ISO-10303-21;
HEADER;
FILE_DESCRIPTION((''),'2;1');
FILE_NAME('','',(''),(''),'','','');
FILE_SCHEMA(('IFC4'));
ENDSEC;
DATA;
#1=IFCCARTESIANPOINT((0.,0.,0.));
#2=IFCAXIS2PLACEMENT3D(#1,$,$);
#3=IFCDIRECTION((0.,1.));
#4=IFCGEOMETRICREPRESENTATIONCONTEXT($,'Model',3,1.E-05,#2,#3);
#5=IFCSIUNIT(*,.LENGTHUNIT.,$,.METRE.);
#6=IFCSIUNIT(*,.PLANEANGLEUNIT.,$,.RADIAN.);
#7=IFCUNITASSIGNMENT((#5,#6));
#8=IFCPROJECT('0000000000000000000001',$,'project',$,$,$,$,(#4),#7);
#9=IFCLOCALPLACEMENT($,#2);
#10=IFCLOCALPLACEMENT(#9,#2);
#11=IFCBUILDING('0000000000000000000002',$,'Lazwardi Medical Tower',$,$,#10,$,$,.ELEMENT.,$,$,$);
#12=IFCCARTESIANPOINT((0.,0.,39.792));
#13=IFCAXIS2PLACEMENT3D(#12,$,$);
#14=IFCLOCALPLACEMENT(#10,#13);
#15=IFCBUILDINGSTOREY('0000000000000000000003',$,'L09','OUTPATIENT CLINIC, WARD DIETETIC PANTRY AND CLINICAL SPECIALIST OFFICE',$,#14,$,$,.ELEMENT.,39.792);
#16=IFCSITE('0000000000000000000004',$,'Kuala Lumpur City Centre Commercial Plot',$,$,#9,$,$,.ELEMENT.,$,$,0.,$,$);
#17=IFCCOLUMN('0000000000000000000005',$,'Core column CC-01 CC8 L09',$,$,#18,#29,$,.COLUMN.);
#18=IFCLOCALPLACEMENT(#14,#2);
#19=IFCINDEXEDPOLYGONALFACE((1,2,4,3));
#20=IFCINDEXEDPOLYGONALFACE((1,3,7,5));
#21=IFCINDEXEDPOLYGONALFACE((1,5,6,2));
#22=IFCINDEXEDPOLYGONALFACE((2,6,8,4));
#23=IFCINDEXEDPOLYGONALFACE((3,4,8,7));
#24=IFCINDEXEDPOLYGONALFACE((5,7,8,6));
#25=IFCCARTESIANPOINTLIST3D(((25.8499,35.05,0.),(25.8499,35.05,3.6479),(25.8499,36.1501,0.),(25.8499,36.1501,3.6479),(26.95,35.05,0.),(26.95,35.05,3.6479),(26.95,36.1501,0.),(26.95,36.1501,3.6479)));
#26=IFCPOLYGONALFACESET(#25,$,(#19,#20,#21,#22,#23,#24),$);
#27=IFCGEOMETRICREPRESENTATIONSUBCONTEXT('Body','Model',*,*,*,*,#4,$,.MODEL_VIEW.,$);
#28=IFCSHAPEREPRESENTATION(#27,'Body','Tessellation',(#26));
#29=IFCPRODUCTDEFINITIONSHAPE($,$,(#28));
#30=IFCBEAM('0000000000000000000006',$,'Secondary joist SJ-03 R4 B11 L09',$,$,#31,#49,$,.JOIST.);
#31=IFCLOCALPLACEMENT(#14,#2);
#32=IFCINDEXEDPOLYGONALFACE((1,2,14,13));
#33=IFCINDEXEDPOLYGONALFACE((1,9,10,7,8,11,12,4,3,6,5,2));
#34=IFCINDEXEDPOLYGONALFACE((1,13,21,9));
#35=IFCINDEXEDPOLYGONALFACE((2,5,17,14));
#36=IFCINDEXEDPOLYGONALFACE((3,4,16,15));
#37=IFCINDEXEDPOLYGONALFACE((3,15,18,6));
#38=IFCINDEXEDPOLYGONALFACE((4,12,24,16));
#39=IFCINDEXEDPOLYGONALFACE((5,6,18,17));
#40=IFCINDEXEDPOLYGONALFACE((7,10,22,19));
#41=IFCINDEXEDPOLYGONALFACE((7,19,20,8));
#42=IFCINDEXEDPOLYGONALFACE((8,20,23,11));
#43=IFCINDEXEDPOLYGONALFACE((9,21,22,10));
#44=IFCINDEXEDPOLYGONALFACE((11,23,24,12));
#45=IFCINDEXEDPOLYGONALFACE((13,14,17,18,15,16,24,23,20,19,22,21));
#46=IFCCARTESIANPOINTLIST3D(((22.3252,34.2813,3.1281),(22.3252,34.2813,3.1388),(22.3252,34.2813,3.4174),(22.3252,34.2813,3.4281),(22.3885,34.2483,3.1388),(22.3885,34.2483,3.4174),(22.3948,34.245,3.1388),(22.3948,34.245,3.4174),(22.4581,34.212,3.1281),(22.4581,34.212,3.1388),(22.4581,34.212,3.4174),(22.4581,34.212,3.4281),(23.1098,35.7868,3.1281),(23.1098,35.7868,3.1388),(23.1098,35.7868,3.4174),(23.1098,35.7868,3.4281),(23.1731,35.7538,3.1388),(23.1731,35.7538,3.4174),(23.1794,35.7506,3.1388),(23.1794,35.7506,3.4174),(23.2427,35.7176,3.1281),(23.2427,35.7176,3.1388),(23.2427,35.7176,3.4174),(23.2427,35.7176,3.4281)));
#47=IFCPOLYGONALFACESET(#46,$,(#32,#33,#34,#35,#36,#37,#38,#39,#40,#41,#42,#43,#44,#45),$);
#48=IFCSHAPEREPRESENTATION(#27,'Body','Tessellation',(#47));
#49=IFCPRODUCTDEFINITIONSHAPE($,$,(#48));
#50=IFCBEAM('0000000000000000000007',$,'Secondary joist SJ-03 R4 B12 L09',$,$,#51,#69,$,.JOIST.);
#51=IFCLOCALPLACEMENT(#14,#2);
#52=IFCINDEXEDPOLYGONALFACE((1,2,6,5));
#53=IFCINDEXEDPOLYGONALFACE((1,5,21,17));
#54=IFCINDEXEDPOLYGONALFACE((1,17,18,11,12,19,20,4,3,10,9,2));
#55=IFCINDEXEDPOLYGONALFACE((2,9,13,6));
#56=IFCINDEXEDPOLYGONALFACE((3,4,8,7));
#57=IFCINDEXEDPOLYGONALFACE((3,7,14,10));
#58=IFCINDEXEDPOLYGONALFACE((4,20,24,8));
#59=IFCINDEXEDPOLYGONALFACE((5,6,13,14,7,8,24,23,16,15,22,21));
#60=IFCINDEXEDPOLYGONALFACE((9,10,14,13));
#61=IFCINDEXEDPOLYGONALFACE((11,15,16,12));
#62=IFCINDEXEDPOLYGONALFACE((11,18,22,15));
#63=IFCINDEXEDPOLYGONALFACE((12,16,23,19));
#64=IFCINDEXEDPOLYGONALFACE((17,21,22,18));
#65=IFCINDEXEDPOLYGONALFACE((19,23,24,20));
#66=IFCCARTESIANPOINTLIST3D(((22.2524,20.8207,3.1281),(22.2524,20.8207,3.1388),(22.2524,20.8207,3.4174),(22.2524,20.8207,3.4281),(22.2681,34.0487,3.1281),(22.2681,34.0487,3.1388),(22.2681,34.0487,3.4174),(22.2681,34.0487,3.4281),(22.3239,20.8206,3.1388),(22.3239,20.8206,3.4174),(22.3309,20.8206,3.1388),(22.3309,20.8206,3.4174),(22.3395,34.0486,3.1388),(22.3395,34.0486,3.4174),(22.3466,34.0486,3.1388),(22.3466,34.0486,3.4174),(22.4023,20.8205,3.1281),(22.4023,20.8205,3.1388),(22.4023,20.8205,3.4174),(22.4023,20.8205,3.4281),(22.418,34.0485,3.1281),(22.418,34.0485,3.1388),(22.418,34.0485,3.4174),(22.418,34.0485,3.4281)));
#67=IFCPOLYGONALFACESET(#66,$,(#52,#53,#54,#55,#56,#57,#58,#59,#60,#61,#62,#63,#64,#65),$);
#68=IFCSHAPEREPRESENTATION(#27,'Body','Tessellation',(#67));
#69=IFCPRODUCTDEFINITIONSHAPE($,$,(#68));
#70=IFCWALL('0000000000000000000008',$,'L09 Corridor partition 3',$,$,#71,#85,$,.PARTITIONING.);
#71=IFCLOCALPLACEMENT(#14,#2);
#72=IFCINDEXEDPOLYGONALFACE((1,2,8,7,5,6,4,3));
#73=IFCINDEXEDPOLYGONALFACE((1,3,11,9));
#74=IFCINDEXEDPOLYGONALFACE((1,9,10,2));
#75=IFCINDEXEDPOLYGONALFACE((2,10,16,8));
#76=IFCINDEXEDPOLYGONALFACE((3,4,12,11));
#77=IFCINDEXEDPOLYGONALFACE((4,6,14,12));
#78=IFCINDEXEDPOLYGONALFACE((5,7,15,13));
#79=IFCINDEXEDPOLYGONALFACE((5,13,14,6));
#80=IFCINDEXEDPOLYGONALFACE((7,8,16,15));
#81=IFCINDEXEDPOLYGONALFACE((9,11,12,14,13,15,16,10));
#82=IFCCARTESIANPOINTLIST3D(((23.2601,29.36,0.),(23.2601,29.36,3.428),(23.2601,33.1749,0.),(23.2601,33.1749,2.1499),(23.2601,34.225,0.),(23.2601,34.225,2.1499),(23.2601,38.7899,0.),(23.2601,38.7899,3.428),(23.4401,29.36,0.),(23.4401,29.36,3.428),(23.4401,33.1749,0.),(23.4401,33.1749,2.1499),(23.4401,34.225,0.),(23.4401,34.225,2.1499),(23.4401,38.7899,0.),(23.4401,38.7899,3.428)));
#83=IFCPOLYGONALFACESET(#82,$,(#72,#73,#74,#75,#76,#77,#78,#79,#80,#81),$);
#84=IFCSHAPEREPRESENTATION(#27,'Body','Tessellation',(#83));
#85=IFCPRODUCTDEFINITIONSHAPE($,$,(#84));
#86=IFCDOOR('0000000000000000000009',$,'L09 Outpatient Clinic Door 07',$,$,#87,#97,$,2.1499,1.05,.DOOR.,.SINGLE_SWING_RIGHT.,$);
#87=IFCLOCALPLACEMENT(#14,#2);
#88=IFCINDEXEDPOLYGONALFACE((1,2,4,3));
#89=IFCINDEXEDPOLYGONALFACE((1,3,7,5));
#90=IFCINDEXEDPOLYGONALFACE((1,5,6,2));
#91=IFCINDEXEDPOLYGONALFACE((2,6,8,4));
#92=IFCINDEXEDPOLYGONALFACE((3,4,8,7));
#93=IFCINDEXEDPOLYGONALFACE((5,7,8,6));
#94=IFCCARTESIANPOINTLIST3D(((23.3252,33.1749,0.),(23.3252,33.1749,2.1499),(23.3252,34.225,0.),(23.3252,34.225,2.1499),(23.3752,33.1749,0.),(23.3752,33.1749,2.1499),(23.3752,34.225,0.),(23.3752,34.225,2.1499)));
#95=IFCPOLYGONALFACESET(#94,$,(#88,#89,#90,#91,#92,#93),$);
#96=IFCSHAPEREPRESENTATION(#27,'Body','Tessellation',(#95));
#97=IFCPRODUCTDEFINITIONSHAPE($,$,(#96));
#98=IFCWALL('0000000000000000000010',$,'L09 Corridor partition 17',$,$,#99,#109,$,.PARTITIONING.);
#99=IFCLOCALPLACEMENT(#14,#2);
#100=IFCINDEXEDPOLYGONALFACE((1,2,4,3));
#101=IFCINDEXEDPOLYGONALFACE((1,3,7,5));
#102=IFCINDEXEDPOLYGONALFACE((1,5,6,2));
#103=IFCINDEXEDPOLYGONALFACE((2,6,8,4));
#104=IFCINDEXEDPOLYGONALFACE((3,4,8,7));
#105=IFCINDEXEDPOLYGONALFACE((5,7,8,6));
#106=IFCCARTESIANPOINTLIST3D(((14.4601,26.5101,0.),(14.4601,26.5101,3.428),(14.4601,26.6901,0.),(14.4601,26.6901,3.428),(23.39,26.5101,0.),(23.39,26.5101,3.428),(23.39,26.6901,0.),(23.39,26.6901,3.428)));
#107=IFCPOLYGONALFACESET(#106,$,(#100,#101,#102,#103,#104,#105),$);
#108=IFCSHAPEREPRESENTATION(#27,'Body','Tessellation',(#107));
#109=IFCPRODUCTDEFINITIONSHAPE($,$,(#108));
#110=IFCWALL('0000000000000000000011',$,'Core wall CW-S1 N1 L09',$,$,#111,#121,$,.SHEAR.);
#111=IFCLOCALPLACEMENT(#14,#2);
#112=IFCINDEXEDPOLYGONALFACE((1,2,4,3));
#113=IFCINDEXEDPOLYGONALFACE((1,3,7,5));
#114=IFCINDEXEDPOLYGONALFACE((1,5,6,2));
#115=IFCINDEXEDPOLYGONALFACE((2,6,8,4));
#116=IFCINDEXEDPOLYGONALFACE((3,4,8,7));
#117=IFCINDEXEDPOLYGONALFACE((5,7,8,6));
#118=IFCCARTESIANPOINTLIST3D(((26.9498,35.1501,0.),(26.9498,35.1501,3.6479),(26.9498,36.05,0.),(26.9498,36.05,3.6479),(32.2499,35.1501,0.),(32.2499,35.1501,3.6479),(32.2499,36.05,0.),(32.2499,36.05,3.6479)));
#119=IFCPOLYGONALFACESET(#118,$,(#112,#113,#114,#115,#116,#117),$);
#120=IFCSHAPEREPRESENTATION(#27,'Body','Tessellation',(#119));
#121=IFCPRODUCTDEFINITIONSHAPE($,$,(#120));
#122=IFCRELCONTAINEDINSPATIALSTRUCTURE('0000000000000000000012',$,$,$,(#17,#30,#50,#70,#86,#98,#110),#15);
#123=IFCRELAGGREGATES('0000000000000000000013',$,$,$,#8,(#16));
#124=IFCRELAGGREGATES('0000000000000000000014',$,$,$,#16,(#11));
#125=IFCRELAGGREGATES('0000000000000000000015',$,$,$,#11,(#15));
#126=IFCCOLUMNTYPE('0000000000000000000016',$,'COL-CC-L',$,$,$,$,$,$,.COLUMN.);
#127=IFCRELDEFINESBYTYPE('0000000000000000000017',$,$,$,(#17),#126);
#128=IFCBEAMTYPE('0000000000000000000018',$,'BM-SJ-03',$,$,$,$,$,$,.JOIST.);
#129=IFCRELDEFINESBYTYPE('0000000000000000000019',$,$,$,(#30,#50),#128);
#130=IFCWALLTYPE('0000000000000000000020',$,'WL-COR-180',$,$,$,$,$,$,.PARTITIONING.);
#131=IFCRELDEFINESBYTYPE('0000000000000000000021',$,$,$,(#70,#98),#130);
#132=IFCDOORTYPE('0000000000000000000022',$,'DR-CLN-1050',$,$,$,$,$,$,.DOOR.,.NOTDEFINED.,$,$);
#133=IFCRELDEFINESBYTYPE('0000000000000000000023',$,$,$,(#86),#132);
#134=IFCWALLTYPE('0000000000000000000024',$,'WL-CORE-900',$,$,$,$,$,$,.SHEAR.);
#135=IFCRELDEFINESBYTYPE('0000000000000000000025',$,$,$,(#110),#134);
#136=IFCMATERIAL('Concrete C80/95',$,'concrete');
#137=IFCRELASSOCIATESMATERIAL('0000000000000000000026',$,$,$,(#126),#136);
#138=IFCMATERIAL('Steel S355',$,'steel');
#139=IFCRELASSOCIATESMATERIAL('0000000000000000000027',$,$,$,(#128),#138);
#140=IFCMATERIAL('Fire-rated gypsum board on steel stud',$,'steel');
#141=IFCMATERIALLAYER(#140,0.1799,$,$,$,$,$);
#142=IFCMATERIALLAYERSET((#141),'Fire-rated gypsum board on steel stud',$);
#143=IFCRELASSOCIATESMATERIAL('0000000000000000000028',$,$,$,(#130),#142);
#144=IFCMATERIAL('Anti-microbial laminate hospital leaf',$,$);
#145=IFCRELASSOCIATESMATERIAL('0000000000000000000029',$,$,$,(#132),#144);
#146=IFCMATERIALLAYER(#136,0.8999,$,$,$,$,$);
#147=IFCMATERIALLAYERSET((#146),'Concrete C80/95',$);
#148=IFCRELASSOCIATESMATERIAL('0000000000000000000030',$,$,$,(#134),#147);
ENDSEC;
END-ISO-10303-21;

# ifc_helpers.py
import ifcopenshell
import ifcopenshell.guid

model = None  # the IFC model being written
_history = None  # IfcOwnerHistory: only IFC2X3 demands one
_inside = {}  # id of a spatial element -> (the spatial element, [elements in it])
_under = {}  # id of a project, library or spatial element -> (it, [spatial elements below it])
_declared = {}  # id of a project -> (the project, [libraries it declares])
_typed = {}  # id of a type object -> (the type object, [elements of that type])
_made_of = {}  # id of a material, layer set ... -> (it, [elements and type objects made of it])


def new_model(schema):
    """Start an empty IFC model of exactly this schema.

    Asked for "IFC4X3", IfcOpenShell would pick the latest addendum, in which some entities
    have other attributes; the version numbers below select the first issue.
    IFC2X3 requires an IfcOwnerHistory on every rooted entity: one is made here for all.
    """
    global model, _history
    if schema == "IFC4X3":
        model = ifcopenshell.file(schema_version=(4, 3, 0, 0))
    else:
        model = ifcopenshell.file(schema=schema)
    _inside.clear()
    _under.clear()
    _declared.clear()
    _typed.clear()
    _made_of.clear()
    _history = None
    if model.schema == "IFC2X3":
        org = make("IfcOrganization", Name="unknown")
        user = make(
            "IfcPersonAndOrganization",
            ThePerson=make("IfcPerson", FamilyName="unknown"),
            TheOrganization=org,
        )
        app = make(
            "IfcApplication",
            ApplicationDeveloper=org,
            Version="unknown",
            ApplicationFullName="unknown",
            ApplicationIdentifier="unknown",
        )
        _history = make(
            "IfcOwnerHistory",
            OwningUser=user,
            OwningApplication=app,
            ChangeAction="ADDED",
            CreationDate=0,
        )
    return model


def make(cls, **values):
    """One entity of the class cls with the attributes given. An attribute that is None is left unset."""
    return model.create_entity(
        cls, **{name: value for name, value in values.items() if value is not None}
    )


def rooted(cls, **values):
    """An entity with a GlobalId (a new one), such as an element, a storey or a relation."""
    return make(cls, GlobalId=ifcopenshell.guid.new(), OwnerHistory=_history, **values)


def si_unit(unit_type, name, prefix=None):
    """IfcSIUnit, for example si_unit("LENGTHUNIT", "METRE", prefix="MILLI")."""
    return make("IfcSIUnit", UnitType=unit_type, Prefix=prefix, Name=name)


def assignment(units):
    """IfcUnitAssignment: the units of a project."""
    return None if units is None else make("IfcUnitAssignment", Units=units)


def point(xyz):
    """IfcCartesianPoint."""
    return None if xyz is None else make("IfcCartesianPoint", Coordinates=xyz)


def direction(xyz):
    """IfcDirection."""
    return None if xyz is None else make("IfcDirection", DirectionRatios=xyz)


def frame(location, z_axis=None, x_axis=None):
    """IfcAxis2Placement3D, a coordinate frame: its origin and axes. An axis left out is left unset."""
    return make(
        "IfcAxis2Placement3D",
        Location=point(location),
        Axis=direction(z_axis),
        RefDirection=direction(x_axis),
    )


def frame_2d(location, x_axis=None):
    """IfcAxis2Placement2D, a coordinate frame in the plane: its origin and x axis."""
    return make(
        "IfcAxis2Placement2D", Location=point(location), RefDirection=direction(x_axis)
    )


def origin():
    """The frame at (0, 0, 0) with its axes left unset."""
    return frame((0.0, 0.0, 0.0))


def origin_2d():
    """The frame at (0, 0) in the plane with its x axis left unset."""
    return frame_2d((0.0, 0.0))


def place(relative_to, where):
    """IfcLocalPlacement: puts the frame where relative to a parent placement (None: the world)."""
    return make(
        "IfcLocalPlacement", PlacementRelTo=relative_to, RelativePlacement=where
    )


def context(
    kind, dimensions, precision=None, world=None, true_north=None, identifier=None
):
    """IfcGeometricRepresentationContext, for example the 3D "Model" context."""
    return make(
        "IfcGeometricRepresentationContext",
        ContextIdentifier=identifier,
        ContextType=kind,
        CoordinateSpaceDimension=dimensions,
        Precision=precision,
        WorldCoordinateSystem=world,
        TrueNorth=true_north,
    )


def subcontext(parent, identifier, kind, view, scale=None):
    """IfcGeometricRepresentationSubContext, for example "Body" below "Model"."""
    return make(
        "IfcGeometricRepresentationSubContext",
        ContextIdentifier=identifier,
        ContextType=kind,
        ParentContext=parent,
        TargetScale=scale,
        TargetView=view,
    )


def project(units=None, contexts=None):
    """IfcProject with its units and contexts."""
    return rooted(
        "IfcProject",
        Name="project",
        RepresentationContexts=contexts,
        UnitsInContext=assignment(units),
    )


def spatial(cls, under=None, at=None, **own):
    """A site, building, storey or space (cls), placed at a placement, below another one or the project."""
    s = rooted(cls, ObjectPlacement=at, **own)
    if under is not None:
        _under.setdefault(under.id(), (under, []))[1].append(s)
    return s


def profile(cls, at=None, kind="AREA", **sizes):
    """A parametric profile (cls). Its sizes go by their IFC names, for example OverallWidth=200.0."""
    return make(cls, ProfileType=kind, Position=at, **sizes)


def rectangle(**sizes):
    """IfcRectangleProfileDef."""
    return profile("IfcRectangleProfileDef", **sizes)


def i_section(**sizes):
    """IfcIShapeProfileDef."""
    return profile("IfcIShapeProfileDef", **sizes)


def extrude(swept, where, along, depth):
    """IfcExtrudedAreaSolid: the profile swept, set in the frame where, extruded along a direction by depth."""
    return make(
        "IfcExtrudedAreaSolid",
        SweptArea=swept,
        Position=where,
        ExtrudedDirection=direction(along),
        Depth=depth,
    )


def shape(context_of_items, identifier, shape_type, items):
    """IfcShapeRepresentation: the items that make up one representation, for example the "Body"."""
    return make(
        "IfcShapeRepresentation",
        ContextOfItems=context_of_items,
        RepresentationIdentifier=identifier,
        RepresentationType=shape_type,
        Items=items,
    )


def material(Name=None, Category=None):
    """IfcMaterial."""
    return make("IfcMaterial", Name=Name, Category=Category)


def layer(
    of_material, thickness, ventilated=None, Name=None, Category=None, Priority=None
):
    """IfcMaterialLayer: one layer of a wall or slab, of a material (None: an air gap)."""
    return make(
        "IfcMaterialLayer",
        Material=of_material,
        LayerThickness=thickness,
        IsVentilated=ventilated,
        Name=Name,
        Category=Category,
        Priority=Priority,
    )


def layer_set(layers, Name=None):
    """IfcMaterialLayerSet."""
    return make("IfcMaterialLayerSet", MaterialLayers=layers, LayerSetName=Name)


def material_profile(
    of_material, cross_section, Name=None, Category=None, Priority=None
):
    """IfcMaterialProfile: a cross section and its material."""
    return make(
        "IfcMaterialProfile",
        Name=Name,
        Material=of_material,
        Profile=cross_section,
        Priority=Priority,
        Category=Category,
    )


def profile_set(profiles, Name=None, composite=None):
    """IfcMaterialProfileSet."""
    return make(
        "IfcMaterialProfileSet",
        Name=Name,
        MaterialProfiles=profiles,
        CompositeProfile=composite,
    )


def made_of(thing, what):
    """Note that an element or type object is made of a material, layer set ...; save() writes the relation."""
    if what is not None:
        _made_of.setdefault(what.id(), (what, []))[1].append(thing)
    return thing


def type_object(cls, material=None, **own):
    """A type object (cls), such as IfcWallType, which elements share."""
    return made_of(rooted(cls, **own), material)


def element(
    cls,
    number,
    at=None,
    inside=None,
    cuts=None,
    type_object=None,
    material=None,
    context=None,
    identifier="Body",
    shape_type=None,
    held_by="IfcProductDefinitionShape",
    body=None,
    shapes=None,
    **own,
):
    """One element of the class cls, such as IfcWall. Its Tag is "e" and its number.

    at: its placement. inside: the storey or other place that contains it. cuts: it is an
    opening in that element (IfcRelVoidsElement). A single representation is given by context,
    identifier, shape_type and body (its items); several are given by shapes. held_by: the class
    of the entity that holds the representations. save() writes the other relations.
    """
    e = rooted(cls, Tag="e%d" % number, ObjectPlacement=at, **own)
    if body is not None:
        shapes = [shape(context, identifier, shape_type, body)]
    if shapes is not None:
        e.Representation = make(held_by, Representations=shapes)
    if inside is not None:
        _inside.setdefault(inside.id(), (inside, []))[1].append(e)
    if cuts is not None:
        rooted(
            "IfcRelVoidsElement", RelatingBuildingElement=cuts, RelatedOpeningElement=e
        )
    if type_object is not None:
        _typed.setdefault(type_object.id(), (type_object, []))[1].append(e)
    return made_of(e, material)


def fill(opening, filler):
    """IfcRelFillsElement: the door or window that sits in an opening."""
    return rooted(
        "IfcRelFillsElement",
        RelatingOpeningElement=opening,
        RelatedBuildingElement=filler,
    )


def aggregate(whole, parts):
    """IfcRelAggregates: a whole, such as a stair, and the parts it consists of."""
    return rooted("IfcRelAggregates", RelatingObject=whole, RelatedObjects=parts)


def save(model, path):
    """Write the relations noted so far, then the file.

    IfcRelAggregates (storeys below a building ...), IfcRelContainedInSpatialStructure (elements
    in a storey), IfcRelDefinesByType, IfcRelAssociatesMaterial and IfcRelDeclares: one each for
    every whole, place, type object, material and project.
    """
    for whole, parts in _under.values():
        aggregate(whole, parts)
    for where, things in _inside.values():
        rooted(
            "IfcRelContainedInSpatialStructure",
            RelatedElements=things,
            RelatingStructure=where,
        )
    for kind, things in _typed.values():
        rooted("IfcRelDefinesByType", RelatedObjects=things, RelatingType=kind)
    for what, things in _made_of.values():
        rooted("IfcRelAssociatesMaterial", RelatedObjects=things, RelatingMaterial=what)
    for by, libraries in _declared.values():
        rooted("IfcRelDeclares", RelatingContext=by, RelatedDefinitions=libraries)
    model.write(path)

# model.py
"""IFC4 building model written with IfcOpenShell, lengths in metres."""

from ifc_helpers import new_model, si_unit, direction, frame, frame_2d, origin, origin_2d, place, context, subcontext, project, spatial, rectangle, i_section, extrude, material, layer, layer_set, material_profile, profile_set, type_object, element, fill, save


model = new_model("IFC4")

# Units and contexts
model_context = context("Model", 3, precision=1e-05, world=origin(), true_north=direction((0.0, 1.0)))
body_context = subcontext(model_context, "Body", "Model", "MODEL_VIEW")
ifc_project = project(units=[si_unit("LENGTHUNIT", "METRE"), si_unit("PLANEANGLEUNIT", "RADIAN")], contexts=[model_context])

# Site, building, storey
site_placement = place(None, origin())
site = spatial("IfcSite", under=ifc_project, at=site_placement, Name="Kuala Lumpur City Centre Commercial Plot", CompositionType="ELEMENT", RefElevation=0.0)
building_placement = place(site_placement, origin())
building = spatial("IfcBuilding", under=site, at=building_placement, Name="Lazwardi Medical Tower", CompositionType="ELEMENT")
storey_placement = place(building_placement, frame((0.0, 0.0, 39.792)))
storey = spatial("IfcBuildingStorey", under=building, at=storey_placement, Name="L09", Description="OUTPATIENT CLINIC, WARD DIETETIC PANTRY AND CLINICAL SPECIALIST OFFICE", CompositionType="ELEMENT", Elevation=39.792)

# Column
ifc_material_1 = material(Name="Concrete C80/95", Category="concrete")
ifc_material_profile_1 = material_profile(ifc_material_1, rectangle(XDim=1.1001, YDim=1.1001, at=origin_2d()), Name="RC 1100x1100")
ifc_profile_set_1 = profile_set([ifc_material_profile_1], Name="Concrete C80/95")
column_type = type_object("IfcColumnType", Name="COL-CC-L", PredefinedType="COLUMN", material=ifc_profile_set_1)
column_placement = place(storey_placement, frame((26.3999, 35.6001, 0.0), z_axis=(0.0, 0.0, 1.0), x_axis=(1.0, 0.0, 0.0)))
element("IfcColumn", 1, at=column_placement, inside=storey, type_object=column_type, Name="Core column CC-01 CC8 L09", PredefinedType="COLUMN", context=body_context, shape_type="SweptSolid", body=[
    extrude(rectangle(XDim=1.1001, YDim=1.1001, at=origin_2d()), origin(), (0.0, 0.0, 1.0), 3.6479),
])

# Beams
ifc_material_2 = material(Name="Steel S355", Category="steel")
ifc_material_profile_2 = material_profile(ifc_material_2, i_section(OverallWidth=0.1499, OverallDepth=0.3, WebThickness=0.0071, FlangeThickness=0.0107, at=origin_2d()), Name="IPE 300")
ifc_profile_set_2 = profile_set([ifc_material_profile_2], Name="Steel S355")
beam_type = type_object("IfcBeamType", Name="BM-SJ-03", PredefinedType="JOIST", material=ifc_profile_set_2)
beam_1_placement = place(storey_placement, frame((23.1763, 35.7522, 3.2781), z_axis=(-0.462163, -0.886795, 0.0), x_axis=(0.886795, -0.462163, 0.0)))
element("IfcBeam", 2, at=beam_1_placement, inside=storey, type_object=beam_type, Name="Secondary joist SJ-03 R4 B11 L09", PredefinedType="JOIST", context=body_context, shape_type="SweptSolid", body=[
    extrude(i_section(OverallWidth=0.1499, OverallDepth=0.3, WebThickness=0.0071, FlangeThickness=0.0107, at=origin_2d()), origin(), (0.0, 0.0, 1.0), 1.6978),
])
beam_2_placement = place(storey_placement, frame((22.343, 34.0486, 3.2781), z_axis=(-0.001181, -0.999999, 0.0), x_axis=(0.999999, -0.001181, 0.0)))
element("IfcBeam", 3, at=beam_2_placement, inside=storey, type_object=beam_type, Name="Secondary joist SJ-03 R4 B12 L09", PredefinedType="JOIST", context=body_context, shape_type="SweptSolid", body=[
    extrude(i_section(OverallWidth=0.1499, OverallDepth=0.3, WebThickness=0.0071, FlangeThickness=0.0107, at=origin_2d()), origin(), (0.0, 0.0, 1.0), 13.228),
])

# Wall, opening, door
ifc_material_3 = material(Name="Fire-rated gypsum board on steel stud", Category="steel")
ifc_layer_1 = layer(ifc_material_3, 0.1799)
ifc_layer_set_1 = layer_set([ifc_layer_1], Name="Fire-rated gypsum board on steel stud")
wall_type_1 = type_object("IfcWallType", Name="WL-COR-180", PredefinedType="PARTITIONING", material=ifc_layer_set_1)
wall_1_placement = place(storey_placement, frame((23.3501, 29.3601, 0.0), z_axis=(0.0, 0.0, 1.0), x_axis=(0.0, 1.0, 0.0)))
wall_1 = element("IfcWall", 4, at=wall_1_placement, inside=storey, type_object=wall_type_1, Name="L09 Corridor partition 3", PredefinedType="PARTITIONING", context=body_context, shape_type="SweptSolid", body=[
    extrude(rectangle(XDim=9.4299, YDim=0.1799, at=frame_2d((4.7148, 0.0))), origin(), (0.0, 0.0, 1.0), 3.428),
])
opening_1_placement = place(wall_1_placement, frame((3.8149, 0.0, 0.0)))
opening_1 = element("IfcOpeningElement", 5, at=opening_1_placement, cuts=wall_1, PredefinedType="OPENING", context=body_context, shape_type="SweptSolid", body=[
    extrude(rectangle(XDim=1.05, YDim=2.1499, at=frame_2d((0.5249, 1.075))), frame((0.0, 0.0999, 0.0), z_axis=(0.0, -1.0, 0.0), x_axis=(1.0, 0.0, 0.0)), (0.0, 0.0, 1.0), 0.2),
])
ifc_material_4 = material(Name="Anti-microbial laminate hospital leaf")
door_type_1 = type_object("IfcDoorType", Name="DR-CLN-1050", OperationType="NOTDEFINED", PredefinedType="DOOR", material=ifc_material_4)
door_1_placement = place(opening_1_placement, origin())
door_1 = element("IfcDoor", 6, at=door_1_placement, inside=storey, type_object=door_type_1, Name="L09 Outpatient Clinic Door 07", OperationType="SINGLE_SWING_RIGHT", OverallHeight=2.1499, OverallWidth=1.05, PredefinedType="DOOR", context=body_context, shape_type="SweptSolid", body=[
    extrude(rectangle(XDim=1.05, YDim=2.1499, at=frame_2d((0.5249, 1.075))), frame((0.0, 0.0249, 0.0), z_axis=(0.0, -1.0, 0.0), x_axis=(1.0, 0.0, 0.0)), (0.0, 0.0, 1.0), 0.05),
])
fill(opening_1, door_1)

# Walls
wall_2_placement = place(storey_placement, frame((23.3899, 26.6001, 0.0), z_axis=(0.0, 0.0, 1.0), x_axis=(-1.0, 0.0, 0.0)))
element("IfcWall", 7, at=wall_2_placement, inside=storey, type_object=wall_type_1, Name="L09 Corridor partition 17", PredefinedType="PARTITIONING", context=body_context, shape_type="SweptSolid", body=[
    extrude(rectangle(XDim=8.9299, YDim=0.1799, at=frame_2d((4.4648, 0.0))), origin(), (0.0, 0.0, 1.0), 3.428),
])
ifc_layer_2 = layer(ifc_material_1, 0.8999)
ifc_layer_set_2 = layer_set([ifc_layer_2], Name="Concrete C80/95")
wall_type_2 = type_object("IfcWallType", Name="WL-CORE-900", PredefinedType="SHEAR", material=ifc_layer_set_2)
wall_3_placement = place(storey_placement, frame((26.95, 35.6001, 0.0), z_axis=(0.0, 0.0, 1.0), x_axis=(1.0, 0.0, 0.0)))
element("IfcWall", 8, at=wall_3_placement, inside=storey, type_object=wall_type_2, Name="Core wall CW-S1 N1 L09", PredefinedType="SHEAR", context=body_context, shape_type="SweptSolid", body=[
    extrude(rectangle(XDim=5.3, YDim=0.8999, at=frame_2d((2.6499, 0.0))), origin(), (0.0, 0.0, 1.0), 3.6479),
])

save(model, "model.ifc")
